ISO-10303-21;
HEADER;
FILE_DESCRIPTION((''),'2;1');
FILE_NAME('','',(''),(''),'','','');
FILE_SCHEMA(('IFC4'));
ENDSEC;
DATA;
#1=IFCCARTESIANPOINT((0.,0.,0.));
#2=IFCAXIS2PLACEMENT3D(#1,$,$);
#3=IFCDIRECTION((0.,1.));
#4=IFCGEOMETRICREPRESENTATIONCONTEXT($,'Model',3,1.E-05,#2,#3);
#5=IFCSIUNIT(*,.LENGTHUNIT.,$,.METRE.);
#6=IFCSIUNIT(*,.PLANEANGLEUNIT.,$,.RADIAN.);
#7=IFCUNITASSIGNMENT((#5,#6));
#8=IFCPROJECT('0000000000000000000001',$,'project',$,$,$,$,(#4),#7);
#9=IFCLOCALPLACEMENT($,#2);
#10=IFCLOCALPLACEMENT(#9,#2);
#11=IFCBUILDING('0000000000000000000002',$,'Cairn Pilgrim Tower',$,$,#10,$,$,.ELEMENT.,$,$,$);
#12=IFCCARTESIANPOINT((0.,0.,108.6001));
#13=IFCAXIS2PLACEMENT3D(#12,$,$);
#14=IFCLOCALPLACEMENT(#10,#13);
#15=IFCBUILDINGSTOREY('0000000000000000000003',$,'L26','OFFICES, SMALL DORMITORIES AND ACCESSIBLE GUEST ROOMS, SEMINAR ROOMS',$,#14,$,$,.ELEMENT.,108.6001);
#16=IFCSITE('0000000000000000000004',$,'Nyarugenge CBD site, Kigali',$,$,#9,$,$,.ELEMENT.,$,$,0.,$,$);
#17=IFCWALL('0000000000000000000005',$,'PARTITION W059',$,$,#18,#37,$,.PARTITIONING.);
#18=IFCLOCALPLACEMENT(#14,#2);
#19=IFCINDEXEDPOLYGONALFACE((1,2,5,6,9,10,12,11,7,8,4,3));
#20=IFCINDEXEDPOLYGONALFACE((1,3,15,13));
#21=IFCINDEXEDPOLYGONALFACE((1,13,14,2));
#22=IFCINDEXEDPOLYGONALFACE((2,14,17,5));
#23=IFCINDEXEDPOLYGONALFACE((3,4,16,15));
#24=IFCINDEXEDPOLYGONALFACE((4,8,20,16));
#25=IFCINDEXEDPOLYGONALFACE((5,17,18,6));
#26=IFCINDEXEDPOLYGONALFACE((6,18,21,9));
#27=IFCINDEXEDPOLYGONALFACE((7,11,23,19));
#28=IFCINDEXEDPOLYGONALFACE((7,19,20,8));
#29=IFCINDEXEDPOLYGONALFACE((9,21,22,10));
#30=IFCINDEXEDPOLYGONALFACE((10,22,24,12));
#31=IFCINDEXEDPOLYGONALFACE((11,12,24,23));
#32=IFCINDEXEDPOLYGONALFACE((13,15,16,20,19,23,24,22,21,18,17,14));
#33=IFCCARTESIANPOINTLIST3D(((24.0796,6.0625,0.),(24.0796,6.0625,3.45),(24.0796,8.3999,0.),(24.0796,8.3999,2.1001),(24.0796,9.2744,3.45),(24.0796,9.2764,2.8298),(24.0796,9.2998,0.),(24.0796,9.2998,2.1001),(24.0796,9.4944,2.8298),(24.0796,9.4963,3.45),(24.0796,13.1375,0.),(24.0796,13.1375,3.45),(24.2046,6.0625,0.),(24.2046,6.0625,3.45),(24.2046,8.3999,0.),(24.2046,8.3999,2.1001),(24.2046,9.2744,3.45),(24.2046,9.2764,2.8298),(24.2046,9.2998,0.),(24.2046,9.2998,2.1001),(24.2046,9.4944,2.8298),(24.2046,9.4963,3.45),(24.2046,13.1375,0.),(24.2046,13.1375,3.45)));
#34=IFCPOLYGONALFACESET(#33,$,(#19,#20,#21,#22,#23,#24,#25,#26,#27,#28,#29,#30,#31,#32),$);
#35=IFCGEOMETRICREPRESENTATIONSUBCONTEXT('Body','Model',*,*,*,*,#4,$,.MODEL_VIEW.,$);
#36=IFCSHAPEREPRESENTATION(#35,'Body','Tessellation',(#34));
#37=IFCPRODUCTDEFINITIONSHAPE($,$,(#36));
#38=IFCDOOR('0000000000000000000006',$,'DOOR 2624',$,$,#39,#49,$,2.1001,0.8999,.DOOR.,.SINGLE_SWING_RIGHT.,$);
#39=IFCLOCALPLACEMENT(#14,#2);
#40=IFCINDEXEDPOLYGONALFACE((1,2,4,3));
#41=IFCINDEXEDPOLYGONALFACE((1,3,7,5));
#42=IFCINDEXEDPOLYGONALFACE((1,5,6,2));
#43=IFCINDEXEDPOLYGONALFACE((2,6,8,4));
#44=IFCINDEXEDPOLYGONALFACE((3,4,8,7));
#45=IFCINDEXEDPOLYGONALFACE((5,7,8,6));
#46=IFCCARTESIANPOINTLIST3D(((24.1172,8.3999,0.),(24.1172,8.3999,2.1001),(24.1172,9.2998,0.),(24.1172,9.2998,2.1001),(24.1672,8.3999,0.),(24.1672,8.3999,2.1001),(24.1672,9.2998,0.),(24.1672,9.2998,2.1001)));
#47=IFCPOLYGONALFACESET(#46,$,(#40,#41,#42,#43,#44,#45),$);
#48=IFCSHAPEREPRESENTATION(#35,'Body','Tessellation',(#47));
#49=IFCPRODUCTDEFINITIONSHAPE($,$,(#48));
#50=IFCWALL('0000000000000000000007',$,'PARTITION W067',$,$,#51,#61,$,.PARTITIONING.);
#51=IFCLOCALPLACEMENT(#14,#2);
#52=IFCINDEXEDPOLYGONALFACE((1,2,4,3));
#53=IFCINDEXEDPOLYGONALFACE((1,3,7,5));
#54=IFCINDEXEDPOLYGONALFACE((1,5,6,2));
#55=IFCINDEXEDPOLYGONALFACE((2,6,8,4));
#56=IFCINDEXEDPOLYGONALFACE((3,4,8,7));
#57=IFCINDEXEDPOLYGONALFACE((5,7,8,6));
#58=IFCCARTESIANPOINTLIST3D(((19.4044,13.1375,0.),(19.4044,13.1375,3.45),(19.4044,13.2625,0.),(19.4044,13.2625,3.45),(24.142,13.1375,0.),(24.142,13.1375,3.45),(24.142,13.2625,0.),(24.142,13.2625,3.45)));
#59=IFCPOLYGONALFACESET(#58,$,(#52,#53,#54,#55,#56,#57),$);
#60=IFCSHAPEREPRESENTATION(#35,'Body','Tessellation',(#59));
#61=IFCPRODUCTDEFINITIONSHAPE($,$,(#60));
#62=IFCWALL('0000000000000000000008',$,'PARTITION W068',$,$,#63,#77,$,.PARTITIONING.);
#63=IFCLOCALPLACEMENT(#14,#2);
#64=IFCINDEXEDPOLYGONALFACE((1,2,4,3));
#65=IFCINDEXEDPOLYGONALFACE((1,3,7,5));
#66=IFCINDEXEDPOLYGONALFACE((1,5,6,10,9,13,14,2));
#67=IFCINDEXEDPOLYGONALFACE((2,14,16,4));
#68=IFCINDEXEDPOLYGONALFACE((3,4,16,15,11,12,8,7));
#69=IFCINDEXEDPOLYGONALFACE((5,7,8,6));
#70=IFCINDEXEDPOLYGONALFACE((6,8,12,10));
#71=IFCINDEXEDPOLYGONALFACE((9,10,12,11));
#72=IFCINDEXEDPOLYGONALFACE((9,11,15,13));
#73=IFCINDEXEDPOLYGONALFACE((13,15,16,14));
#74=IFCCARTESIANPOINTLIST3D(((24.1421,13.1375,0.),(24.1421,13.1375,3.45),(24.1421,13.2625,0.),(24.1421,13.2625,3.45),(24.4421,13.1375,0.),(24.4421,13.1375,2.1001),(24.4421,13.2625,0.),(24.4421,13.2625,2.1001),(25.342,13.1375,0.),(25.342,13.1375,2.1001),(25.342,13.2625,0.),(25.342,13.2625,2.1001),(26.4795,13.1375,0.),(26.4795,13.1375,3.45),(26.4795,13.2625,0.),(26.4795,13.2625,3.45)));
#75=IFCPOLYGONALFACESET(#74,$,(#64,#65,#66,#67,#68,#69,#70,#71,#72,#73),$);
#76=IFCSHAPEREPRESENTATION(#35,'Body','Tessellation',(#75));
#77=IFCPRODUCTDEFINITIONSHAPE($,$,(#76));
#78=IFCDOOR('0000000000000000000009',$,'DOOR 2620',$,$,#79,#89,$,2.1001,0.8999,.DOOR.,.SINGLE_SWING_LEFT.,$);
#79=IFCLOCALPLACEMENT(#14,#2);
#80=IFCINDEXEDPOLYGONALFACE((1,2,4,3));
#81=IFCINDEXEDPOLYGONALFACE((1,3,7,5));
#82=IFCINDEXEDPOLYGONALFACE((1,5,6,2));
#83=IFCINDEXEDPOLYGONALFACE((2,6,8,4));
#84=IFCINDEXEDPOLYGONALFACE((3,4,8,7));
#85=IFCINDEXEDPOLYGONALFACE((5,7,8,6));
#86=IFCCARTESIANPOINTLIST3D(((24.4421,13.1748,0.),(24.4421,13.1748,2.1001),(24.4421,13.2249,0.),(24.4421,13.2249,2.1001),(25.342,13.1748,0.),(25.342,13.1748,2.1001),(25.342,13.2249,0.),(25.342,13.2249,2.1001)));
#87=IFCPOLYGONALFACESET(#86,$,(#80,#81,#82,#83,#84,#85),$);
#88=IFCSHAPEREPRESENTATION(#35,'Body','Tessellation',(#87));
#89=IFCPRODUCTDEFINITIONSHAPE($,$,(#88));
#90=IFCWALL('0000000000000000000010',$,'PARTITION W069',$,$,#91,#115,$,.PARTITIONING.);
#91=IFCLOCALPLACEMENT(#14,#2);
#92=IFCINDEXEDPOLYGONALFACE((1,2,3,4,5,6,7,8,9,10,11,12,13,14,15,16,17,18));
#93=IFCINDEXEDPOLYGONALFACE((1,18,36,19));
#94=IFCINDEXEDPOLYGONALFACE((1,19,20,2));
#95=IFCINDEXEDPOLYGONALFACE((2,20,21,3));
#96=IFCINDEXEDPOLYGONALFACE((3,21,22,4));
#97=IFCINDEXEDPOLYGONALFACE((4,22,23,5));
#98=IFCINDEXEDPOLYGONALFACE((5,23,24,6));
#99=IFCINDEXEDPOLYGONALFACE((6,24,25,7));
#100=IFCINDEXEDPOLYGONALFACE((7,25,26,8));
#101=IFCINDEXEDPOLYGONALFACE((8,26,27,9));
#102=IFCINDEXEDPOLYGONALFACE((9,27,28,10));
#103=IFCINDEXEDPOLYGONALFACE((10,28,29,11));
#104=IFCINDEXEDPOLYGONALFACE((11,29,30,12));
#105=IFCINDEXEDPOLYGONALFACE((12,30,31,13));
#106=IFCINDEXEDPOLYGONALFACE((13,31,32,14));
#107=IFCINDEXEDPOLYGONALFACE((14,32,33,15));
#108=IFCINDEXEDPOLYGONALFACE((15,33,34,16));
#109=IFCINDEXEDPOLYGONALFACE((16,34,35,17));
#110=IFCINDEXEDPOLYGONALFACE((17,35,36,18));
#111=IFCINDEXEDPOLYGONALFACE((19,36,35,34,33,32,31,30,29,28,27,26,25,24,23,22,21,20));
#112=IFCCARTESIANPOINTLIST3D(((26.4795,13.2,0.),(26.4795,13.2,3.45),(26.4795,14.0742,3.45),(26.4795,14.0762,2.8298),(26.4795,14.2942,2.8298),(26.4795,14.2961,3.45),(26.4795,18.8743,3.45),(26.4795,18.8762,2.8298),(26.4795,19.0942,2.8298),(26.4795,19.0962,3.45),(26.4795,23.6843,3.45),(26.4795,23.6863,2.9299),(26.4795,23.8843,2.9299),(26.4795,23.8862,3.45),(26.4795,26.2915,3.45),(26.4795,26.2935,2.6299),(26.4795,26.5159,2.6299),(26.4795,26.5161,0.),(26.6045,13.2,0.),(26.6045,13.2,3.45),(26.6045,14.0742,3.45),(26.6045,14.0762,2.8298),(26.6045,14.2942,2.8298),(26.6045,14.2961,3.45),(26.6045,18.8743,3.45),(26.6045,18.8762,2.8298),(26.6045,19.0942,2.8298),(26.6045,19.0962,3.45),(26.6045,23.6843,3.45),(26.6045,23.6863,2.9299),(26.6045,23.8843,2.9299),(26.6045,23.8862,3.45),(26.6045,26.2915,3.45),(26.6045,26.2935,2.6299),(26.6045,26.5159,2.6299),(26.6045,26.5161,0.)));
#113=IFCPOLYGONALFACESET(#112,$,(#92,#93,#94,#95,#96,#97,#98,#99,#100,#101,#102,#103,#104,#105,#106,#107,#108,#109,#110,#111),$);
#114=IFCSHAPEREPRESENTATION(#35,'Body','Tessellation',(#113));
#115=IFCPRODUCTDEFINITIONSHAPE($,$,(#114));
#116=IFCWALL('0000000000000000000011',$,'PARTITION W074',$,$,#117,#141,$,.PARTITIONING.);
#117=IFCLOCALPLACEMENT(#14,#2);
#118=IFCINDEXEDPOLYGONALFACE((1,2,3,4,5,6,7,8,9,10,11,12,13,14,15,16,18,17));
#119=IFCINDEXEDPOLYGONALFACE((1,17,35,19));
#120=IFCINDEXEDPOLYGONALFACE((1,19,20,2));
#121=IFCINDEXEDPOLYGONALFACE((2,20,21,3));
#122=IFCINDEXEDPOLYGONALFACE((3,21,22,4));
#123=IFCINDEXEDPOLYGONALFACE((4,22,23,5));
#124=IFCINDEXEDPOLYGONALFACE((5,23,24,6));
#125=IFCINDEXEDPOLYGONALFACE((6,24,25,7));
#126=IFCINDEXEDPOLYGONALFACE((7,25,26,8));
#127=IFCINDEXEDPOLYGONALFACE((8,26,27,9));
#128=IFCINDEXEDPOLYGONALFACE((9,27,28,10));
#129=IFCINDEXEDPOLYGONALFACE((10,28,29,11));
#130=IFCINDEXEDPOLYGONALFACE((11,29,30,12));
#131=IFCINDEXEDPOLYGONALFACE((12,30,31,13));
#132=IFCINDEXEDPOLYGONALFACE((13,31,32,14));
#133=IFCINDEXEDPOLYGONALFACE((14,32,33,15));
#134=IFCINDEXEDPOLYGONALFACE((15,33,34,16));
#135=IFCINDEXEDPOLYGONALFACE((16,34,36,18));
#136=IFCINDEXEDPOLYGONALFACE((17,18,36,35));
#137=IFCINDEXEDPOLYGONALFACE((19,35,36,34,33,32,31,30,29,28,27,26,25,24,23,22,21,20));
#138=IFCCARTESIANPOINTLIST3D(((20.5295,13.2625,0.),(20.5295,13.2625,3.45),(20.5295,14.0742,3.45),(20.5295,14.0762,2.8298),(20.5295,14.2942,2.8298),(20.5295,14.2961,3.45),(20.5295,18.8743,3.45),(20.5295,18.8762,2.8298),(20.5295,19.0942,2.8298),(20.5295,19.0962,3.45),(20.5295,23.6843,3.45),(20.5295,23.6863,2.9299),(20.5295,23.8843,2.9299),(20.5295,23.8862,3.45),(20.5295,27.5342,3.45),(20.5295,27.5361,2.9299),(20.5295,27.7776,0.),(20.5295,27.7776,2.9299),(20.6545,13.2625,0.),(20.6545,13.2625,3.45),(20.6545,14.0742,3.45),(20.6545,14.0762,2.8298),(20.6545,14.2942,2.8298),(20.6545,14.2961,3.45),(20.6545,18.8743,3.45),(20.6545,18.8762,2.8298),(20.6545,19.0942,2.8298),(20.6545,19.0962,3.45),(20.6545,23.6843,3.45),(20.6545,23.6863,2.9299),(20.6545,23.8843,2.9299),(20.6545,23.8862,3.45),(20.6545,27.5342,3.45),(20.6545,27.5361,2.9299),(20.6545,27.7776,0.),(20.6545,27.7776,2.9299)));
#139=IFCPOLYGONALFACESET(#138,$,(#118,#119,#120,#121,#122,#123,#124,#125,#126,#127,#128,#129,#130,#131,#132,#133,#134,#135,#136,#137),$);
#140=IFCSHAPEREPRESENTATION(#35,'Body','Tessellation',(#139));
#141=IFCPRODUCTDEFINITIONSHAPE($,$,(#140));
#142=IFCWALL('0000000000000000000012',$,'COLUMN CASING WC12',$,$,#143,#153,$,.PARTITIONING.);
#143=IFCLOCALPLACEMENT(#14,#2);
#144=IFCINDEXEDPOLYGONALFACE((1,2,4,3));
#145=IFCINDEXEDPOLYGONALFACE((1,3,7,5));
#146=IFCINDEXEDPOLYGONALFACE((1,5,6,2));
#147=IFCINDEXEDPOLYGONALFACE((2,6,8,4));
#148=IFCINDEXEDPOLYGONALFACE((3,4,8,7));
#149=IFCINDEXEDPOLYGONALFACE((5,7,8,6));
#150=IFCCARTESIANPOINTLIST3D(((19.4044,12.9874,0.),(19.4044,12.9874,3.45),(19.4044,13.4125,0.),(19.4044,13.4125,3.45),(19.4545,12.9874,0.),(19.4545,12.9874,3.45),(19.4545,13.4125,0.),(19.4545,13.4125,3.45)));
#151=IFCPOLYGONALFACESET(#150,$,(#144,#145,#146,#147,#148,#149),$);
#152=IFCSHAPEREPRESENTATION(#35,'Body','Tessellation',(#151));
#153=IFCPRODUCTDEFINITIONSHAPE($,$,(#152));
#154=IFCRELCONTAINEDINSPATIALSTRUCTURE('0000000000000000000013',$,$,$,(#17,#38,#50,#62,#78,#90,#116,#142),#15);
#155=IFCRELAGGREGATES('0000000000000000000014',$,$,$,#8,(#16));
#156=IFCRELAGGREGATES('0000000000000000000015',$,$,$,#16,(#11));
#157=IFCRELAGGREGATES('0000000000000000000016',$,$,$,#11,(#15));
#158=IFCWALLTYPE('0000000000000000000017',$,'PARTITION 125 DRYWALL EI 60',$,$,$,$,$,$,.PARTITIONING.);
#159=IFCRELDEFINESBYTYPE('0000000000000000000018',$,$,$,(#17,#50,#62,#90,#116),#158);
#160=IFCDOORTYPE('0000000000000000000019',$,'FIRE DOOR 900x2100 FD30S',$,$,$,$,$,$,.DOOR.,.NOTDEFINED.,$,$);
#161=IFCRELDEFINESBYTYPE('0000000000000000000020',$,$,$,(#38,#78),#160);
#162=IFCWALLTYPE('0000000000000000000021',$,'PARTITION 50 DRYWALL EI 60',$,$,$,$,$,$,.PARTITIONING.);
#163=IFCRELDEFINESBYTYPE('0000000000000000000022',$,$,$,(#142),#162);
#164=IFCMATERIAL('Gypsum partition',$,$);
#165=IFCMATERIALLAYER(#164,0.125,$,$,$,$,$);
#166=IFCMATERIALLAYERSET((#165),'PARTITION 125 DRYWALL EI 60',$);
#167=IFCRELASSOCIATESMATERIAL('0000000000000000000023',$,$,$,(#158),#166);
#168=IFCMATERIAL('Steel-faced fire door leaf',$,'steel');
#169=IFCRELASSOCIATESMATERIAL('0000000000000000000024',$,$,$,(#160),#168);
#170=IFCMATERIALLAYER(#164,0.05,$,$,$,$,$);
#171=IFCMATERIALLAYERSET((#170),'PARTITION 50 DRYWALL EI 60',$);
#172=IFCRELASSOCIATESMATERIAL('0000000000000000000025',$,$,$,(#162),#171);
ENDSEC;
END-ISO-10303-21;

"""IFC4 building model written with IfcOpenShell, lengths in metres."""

from ifc_helpers import new_model, si_unit, direction, frame, frame_2d, origin, place, context, subcontext, project, spatial, polyline, rectangle, outline, extrude, material, layer, layer_set, type_object, element, fill, save


model = new_model("IFC4")

# Units and contexts
model_context = context("Model", 3, precision=1e-05, world=origin(), true_north=direction((0.0, 1.0)))
body_context = subcontext(model_context, "Body", "Model", "MODEL_VIEW")
ifc_project = project(units=[si_unit("LENGTHUNIT", "METRE"), si_unit("PLANEANGLEUNIT", "RADIAN")], contexts=[model_context])

# Site, building, storey
site_placement = place(None, origin())
site = spatial("IfcSite", under=ifc_project, at=site_placement, Name="Nyarugenge CBD site, Kigali", CompositionType="ELEMENT", RefElevation=0.0)
building_placement = place(site_placement, origin())
building = spatial("IfcBuilding", under=site, at=building_placement, Name="Cairn Pilgrim Tower", CompositionType="ELEMENT")
storey_placement = place(building_placement, frame((0.0, 0.0, 108.6001)))
storey = spatial("IfcBuildingStorey", under=building, at=storey_placement, Name="L26", Description="OFFICES, SMALL DORMITORIES AND ACCESSIBLE GUEST ROOMS, SEMINAR ROOMS", CompositionType="ELEMENT", Elevation=108.6001)

# Shared definitions
ifc_material_1 = material(Name="Gypsum partition")
ifc_layer_1 = layer(ifc_material_1, 0.125)
ifc_layer_set_1 = layer_set([ifc_layer_1], Name="PARTITION 125 DRYWALL EI 60")
wall_type_1 = type_object("IfcWallType", Name="PARTITION 125 DRYWALL EI 60", PredefinedType="PARTITIONING", material=ifc_layer_set_1)

# Wall, opening, door
wall_1_placement = place(storey_placement, frame((24.1421, 6.0625, 0.0), z_axis=(0.0, 0.0, 1.0), x_axis=(0.0, 1.0, 0.0)))
wall_1 = element("IfcWall", 1, at=wall_1_placement, inside=storey, type_object=wall_type_1, Name="PARTITION W059", PredefinedType="PARTITIONING", context=body_context, shape_type="SweptSolid", body=[
    extrude(outline(polyline([(0.0, 0.0), (7.075, 0.0), (7.075, 3.45), (3.4338, 3.45), (3.4319, 2.8298), (3.2139, 2.8298), (3.2119, 3.45), (0.0, 3.45), (0.0, 0.0)])), frame((0.0, 0.0625, 0.0), z_axis=(0.0, -1.0, 0.0), x_axis=(1.0, 0.0, 0.0)), (0.0, 0.0, 1.0), 0.125),
])
opening_1_placement = place(wall_1_placement, frame((2.3374, 0.0, 0.0)))
opening_1 = element("IfcOpeningElement", 2, at=opening_1_placement, cuts=wall_1, PredefinedType="OPENING", context=body_context, shape_type="SweptSolid", body=[
    extrude(rectangle(XDim=0.8999, YDim=2.1001, at=frame_2d((0.45, 1.05))), frame((0.0, 0.0725, 0.0), z_axis=(0.0, -1.0, 0.0), x_axis=(1.0, 0.0, 0.0)), (0.0, 0.0, 1.0), 0.145),
])
ifc_material_2 = material(Name="Steel-faced fire door leaf", Category="steel")
door_type = type_object("IfcDoorType", Name="FIRE DOOR 900x2100 FD30S", OperationType="NOTDEFINED", PredefinedType="DOOR", material=ifc_material_2)
door_1_placement = place(opening_1_placement, origin())
door_1 = element("IfcDoor", 3, at=door_1_placement, inside=storey, type_object=door_type, Name="DOOR 2624", OperationType="SINGLE_SWING_RIGHT", OverallHeight=2.1001, OverallWidth=0.8999, PredefinedType="DOOR", context=body_context, shape_type="SweptSolid", body=[
    extrude(rectangle(XDim=0.8999, YDim=2.1001, at=frame_2d((0.45, 1.05))), frame((0.0, 0.0249, 0.0), z_axis=(0.0, -1.0, 0.0), x_axis=(1.0, 0.0, 0.0)), (0.0, 0.0, 1.0), 0.05),
])
fill(opening_1, door_1)

# Wall
wall_2_placement = place(storey_placement, frame((19.4045, 13.2, 0.0), z_axis=(0.0, 0.0, 1.0), x_axis=(1.0, 0.0, 0.0)))
element("IfcWall", 4, at=wall_2_placement, inside=storey, type_object=wall_type_1, Name="PARTITION W067", PredefinedType="PARTITIONING", context=body_context, shape_type="SweptSolid", body=[
    extrude(rectangle(XDim=4.7375, YDim=0.125, at=frame_2d((2.3687, 0.0))), origin(), (0.0, 0.0, 1.0), 3.45),
])

# Wall, opening, door
wall_3_placement = place(storey_placement, frame((24.1421, 13.2, 0.0), z_axis=(0.0, 0.0, 1.0), x_axis=(1.0, 0.0, 0.0)))
wall_3 = element("IfcWall", 5, at=wall_3_placement, inside=storey, type_object=wall_type_1, Name="PARTITION W068", PredefinedType="PARTITIONING", context=body_context, shape_type="SweptSolid", body=[
    extrude(rectangle(XDim=2.3374, YDim=0.125, at=frame_2d((1.1687, 0.0))), origin(), (0.0, 0.0, 1.0), 3.45),
])
opening_2_placement = place(wall_3_placement, frame((0.3, 0.0, 0.0)))
opening_2 = element("IfcOpeningElement", 6, at=opening_2_placement, cuts=wall_3, PredefinedType="OPENING", context=body_context, shape_type="SweptSolid", body=[
    extrude(rectangle(XDim=0.8999, YDim=2.1001, at=frame_2d((0.45, 1.05))), frame((0.0, 0.0725, 0.0), z_axis=(0.0, -1.0, 0.0), x_axis=(1.0, 0.0, 0.0)), (0.0, 0.0, 1.0), 0.145),
])
door_2_placement = place(opening_2_placement, origin())
door_2 = element("IfcDoor", 7, at=door_2_placement, inside=storey, type_object=door_type, Name="DOOR 2620", OperationType="SINGLE_SWING_LEFT", OverallHeight=2.1001, OverallWidth=0.8999, PredefinedType="DOOR", context=body_context, shape_type="SweptSolid", body=[
    extrude(rectangle(XDim=0.8999, YDim=2.1001, at=frame_2d((0.45, 1.05))), frame((0.0, 0.0249, 0.0), z_axis=(0.0, -1.0, 0.0), x_axis=(1.0, 0.0, 0.0)), (0.0, 0.0, 1.0), 0.05),
])
fill(opening_2, door_2)

# Walls
wall_4_placement = place(storey_placement, frame((26.542, 13.2, 0.0), z_axis=(0.0, 0.0, 1.0), x_axis=(0.0, 1.0, 0.0)))
element("IfcWall", 8, at=wall_4_placement, inside=storey, type_object=wall_type_1, Name="PARTITION W069", PredefinedType="PARTITIONING", context=body_context, shape_type="SweptSolid", body=[
    extrude(outline(polyline([(0.0, 0.0), (13.3162, 0.0), (13.3159, 2.6299), (13.0935, 2.6299), (13.0916, 3.45), (10.6863, 3.45), (10.6843, 2.9299), (10.4863, 2.9299), (10.4844, 3.45), (5.8962, 3.45), (5.8943, 2.8298), (5.6763, 2.8298), (5.6743, 3.45), (1.0962, 3.45), (1.0942, 2.8298), (0.8762, 2.8298), (0.8743, 3.45), (0.0, 3.45), (0.0, 0.0)])), frame((0.0, 0.0625, 0.0), z_axis=(0.0, -1.0, 0.0), x_axis=(1.0, 0.0, 0.0)), (0.0, 0.0, 1.0), 0.125),
])
wall_5_placement = place(storey_placement, frame((20.592, 13.2625, 0.0), z_axis=(0.0, 0.0, 1.0), x_axis=(0.0, 1.0, 0.0)))
element("IfcWall", 9, at=wall_5_placement, inside=storey, type_object=wall_type_1, Name="PARTITION W074", PredefinedType="PARTITIONING", context=body_context, shape_type="SweptSolid", body=[
    extrude(outline(polyline([(0.0, 0.0), (14.5151, 0.0), (14.5151, 2.9299), (14.2737, 2.9299), (14.2717, 3.45), (10.6238, 3.45), (10.6218, 2.9299), (10.4238, 2.9299), (10.4219, 3.45), (5.8337, 3.45), (5.8318, 2.8298), (5.6138, 2.8298), (5.6118, 3.45), (1.0337, 3.45), (1.0317, 2.8298), (0.8137, 2.8298), (0.8118, 3.45), (0.0, 3.45), (0.0, 0.0)])), frame((0.0, 0.0625, 0.0), z_axis=(0.0, -1.0, 0.0), x_axis=(1.0, 0.0, 0.0)), (0.0, 0.0, 1.0), 0.125),
])
ifc_layer_2 = layer(ifc_material_1, 0.05)
ifc_layer_set_2 = layer_set([ifc_layer_2], Name="PARTITION 50 DRYWALL EI 60")
wall_type_2 = type_object("IfcWallType", Name="PARTITION 50 DRYWALL EI 60", PredefinedType="PARTITIONING", material=ifc_layer_set_2)
wall_6_placement = place(storey_placement, frame((19.4294, 12.9875, 0.0), z_axis=(0.0, 0.0, 1.0), x_axis=(0.0, 1.0, 0.0)))
element("IfcWall", 10, at=wall_6_placement, inside=storey, type_object=wall_type_2, Name="COLUMN CASING WC12", PredefinedType="PARTITIONING", context=body_context, shape_type="SweptSolid", body=[
    extrude(rectangle(XDim=0.425, YDim=0.05, at=frame_2d((0.2124, 0.0))), origin(), (0.0, 0.0, 1.0), 3.45),
])

save(model, "model.ifc")
